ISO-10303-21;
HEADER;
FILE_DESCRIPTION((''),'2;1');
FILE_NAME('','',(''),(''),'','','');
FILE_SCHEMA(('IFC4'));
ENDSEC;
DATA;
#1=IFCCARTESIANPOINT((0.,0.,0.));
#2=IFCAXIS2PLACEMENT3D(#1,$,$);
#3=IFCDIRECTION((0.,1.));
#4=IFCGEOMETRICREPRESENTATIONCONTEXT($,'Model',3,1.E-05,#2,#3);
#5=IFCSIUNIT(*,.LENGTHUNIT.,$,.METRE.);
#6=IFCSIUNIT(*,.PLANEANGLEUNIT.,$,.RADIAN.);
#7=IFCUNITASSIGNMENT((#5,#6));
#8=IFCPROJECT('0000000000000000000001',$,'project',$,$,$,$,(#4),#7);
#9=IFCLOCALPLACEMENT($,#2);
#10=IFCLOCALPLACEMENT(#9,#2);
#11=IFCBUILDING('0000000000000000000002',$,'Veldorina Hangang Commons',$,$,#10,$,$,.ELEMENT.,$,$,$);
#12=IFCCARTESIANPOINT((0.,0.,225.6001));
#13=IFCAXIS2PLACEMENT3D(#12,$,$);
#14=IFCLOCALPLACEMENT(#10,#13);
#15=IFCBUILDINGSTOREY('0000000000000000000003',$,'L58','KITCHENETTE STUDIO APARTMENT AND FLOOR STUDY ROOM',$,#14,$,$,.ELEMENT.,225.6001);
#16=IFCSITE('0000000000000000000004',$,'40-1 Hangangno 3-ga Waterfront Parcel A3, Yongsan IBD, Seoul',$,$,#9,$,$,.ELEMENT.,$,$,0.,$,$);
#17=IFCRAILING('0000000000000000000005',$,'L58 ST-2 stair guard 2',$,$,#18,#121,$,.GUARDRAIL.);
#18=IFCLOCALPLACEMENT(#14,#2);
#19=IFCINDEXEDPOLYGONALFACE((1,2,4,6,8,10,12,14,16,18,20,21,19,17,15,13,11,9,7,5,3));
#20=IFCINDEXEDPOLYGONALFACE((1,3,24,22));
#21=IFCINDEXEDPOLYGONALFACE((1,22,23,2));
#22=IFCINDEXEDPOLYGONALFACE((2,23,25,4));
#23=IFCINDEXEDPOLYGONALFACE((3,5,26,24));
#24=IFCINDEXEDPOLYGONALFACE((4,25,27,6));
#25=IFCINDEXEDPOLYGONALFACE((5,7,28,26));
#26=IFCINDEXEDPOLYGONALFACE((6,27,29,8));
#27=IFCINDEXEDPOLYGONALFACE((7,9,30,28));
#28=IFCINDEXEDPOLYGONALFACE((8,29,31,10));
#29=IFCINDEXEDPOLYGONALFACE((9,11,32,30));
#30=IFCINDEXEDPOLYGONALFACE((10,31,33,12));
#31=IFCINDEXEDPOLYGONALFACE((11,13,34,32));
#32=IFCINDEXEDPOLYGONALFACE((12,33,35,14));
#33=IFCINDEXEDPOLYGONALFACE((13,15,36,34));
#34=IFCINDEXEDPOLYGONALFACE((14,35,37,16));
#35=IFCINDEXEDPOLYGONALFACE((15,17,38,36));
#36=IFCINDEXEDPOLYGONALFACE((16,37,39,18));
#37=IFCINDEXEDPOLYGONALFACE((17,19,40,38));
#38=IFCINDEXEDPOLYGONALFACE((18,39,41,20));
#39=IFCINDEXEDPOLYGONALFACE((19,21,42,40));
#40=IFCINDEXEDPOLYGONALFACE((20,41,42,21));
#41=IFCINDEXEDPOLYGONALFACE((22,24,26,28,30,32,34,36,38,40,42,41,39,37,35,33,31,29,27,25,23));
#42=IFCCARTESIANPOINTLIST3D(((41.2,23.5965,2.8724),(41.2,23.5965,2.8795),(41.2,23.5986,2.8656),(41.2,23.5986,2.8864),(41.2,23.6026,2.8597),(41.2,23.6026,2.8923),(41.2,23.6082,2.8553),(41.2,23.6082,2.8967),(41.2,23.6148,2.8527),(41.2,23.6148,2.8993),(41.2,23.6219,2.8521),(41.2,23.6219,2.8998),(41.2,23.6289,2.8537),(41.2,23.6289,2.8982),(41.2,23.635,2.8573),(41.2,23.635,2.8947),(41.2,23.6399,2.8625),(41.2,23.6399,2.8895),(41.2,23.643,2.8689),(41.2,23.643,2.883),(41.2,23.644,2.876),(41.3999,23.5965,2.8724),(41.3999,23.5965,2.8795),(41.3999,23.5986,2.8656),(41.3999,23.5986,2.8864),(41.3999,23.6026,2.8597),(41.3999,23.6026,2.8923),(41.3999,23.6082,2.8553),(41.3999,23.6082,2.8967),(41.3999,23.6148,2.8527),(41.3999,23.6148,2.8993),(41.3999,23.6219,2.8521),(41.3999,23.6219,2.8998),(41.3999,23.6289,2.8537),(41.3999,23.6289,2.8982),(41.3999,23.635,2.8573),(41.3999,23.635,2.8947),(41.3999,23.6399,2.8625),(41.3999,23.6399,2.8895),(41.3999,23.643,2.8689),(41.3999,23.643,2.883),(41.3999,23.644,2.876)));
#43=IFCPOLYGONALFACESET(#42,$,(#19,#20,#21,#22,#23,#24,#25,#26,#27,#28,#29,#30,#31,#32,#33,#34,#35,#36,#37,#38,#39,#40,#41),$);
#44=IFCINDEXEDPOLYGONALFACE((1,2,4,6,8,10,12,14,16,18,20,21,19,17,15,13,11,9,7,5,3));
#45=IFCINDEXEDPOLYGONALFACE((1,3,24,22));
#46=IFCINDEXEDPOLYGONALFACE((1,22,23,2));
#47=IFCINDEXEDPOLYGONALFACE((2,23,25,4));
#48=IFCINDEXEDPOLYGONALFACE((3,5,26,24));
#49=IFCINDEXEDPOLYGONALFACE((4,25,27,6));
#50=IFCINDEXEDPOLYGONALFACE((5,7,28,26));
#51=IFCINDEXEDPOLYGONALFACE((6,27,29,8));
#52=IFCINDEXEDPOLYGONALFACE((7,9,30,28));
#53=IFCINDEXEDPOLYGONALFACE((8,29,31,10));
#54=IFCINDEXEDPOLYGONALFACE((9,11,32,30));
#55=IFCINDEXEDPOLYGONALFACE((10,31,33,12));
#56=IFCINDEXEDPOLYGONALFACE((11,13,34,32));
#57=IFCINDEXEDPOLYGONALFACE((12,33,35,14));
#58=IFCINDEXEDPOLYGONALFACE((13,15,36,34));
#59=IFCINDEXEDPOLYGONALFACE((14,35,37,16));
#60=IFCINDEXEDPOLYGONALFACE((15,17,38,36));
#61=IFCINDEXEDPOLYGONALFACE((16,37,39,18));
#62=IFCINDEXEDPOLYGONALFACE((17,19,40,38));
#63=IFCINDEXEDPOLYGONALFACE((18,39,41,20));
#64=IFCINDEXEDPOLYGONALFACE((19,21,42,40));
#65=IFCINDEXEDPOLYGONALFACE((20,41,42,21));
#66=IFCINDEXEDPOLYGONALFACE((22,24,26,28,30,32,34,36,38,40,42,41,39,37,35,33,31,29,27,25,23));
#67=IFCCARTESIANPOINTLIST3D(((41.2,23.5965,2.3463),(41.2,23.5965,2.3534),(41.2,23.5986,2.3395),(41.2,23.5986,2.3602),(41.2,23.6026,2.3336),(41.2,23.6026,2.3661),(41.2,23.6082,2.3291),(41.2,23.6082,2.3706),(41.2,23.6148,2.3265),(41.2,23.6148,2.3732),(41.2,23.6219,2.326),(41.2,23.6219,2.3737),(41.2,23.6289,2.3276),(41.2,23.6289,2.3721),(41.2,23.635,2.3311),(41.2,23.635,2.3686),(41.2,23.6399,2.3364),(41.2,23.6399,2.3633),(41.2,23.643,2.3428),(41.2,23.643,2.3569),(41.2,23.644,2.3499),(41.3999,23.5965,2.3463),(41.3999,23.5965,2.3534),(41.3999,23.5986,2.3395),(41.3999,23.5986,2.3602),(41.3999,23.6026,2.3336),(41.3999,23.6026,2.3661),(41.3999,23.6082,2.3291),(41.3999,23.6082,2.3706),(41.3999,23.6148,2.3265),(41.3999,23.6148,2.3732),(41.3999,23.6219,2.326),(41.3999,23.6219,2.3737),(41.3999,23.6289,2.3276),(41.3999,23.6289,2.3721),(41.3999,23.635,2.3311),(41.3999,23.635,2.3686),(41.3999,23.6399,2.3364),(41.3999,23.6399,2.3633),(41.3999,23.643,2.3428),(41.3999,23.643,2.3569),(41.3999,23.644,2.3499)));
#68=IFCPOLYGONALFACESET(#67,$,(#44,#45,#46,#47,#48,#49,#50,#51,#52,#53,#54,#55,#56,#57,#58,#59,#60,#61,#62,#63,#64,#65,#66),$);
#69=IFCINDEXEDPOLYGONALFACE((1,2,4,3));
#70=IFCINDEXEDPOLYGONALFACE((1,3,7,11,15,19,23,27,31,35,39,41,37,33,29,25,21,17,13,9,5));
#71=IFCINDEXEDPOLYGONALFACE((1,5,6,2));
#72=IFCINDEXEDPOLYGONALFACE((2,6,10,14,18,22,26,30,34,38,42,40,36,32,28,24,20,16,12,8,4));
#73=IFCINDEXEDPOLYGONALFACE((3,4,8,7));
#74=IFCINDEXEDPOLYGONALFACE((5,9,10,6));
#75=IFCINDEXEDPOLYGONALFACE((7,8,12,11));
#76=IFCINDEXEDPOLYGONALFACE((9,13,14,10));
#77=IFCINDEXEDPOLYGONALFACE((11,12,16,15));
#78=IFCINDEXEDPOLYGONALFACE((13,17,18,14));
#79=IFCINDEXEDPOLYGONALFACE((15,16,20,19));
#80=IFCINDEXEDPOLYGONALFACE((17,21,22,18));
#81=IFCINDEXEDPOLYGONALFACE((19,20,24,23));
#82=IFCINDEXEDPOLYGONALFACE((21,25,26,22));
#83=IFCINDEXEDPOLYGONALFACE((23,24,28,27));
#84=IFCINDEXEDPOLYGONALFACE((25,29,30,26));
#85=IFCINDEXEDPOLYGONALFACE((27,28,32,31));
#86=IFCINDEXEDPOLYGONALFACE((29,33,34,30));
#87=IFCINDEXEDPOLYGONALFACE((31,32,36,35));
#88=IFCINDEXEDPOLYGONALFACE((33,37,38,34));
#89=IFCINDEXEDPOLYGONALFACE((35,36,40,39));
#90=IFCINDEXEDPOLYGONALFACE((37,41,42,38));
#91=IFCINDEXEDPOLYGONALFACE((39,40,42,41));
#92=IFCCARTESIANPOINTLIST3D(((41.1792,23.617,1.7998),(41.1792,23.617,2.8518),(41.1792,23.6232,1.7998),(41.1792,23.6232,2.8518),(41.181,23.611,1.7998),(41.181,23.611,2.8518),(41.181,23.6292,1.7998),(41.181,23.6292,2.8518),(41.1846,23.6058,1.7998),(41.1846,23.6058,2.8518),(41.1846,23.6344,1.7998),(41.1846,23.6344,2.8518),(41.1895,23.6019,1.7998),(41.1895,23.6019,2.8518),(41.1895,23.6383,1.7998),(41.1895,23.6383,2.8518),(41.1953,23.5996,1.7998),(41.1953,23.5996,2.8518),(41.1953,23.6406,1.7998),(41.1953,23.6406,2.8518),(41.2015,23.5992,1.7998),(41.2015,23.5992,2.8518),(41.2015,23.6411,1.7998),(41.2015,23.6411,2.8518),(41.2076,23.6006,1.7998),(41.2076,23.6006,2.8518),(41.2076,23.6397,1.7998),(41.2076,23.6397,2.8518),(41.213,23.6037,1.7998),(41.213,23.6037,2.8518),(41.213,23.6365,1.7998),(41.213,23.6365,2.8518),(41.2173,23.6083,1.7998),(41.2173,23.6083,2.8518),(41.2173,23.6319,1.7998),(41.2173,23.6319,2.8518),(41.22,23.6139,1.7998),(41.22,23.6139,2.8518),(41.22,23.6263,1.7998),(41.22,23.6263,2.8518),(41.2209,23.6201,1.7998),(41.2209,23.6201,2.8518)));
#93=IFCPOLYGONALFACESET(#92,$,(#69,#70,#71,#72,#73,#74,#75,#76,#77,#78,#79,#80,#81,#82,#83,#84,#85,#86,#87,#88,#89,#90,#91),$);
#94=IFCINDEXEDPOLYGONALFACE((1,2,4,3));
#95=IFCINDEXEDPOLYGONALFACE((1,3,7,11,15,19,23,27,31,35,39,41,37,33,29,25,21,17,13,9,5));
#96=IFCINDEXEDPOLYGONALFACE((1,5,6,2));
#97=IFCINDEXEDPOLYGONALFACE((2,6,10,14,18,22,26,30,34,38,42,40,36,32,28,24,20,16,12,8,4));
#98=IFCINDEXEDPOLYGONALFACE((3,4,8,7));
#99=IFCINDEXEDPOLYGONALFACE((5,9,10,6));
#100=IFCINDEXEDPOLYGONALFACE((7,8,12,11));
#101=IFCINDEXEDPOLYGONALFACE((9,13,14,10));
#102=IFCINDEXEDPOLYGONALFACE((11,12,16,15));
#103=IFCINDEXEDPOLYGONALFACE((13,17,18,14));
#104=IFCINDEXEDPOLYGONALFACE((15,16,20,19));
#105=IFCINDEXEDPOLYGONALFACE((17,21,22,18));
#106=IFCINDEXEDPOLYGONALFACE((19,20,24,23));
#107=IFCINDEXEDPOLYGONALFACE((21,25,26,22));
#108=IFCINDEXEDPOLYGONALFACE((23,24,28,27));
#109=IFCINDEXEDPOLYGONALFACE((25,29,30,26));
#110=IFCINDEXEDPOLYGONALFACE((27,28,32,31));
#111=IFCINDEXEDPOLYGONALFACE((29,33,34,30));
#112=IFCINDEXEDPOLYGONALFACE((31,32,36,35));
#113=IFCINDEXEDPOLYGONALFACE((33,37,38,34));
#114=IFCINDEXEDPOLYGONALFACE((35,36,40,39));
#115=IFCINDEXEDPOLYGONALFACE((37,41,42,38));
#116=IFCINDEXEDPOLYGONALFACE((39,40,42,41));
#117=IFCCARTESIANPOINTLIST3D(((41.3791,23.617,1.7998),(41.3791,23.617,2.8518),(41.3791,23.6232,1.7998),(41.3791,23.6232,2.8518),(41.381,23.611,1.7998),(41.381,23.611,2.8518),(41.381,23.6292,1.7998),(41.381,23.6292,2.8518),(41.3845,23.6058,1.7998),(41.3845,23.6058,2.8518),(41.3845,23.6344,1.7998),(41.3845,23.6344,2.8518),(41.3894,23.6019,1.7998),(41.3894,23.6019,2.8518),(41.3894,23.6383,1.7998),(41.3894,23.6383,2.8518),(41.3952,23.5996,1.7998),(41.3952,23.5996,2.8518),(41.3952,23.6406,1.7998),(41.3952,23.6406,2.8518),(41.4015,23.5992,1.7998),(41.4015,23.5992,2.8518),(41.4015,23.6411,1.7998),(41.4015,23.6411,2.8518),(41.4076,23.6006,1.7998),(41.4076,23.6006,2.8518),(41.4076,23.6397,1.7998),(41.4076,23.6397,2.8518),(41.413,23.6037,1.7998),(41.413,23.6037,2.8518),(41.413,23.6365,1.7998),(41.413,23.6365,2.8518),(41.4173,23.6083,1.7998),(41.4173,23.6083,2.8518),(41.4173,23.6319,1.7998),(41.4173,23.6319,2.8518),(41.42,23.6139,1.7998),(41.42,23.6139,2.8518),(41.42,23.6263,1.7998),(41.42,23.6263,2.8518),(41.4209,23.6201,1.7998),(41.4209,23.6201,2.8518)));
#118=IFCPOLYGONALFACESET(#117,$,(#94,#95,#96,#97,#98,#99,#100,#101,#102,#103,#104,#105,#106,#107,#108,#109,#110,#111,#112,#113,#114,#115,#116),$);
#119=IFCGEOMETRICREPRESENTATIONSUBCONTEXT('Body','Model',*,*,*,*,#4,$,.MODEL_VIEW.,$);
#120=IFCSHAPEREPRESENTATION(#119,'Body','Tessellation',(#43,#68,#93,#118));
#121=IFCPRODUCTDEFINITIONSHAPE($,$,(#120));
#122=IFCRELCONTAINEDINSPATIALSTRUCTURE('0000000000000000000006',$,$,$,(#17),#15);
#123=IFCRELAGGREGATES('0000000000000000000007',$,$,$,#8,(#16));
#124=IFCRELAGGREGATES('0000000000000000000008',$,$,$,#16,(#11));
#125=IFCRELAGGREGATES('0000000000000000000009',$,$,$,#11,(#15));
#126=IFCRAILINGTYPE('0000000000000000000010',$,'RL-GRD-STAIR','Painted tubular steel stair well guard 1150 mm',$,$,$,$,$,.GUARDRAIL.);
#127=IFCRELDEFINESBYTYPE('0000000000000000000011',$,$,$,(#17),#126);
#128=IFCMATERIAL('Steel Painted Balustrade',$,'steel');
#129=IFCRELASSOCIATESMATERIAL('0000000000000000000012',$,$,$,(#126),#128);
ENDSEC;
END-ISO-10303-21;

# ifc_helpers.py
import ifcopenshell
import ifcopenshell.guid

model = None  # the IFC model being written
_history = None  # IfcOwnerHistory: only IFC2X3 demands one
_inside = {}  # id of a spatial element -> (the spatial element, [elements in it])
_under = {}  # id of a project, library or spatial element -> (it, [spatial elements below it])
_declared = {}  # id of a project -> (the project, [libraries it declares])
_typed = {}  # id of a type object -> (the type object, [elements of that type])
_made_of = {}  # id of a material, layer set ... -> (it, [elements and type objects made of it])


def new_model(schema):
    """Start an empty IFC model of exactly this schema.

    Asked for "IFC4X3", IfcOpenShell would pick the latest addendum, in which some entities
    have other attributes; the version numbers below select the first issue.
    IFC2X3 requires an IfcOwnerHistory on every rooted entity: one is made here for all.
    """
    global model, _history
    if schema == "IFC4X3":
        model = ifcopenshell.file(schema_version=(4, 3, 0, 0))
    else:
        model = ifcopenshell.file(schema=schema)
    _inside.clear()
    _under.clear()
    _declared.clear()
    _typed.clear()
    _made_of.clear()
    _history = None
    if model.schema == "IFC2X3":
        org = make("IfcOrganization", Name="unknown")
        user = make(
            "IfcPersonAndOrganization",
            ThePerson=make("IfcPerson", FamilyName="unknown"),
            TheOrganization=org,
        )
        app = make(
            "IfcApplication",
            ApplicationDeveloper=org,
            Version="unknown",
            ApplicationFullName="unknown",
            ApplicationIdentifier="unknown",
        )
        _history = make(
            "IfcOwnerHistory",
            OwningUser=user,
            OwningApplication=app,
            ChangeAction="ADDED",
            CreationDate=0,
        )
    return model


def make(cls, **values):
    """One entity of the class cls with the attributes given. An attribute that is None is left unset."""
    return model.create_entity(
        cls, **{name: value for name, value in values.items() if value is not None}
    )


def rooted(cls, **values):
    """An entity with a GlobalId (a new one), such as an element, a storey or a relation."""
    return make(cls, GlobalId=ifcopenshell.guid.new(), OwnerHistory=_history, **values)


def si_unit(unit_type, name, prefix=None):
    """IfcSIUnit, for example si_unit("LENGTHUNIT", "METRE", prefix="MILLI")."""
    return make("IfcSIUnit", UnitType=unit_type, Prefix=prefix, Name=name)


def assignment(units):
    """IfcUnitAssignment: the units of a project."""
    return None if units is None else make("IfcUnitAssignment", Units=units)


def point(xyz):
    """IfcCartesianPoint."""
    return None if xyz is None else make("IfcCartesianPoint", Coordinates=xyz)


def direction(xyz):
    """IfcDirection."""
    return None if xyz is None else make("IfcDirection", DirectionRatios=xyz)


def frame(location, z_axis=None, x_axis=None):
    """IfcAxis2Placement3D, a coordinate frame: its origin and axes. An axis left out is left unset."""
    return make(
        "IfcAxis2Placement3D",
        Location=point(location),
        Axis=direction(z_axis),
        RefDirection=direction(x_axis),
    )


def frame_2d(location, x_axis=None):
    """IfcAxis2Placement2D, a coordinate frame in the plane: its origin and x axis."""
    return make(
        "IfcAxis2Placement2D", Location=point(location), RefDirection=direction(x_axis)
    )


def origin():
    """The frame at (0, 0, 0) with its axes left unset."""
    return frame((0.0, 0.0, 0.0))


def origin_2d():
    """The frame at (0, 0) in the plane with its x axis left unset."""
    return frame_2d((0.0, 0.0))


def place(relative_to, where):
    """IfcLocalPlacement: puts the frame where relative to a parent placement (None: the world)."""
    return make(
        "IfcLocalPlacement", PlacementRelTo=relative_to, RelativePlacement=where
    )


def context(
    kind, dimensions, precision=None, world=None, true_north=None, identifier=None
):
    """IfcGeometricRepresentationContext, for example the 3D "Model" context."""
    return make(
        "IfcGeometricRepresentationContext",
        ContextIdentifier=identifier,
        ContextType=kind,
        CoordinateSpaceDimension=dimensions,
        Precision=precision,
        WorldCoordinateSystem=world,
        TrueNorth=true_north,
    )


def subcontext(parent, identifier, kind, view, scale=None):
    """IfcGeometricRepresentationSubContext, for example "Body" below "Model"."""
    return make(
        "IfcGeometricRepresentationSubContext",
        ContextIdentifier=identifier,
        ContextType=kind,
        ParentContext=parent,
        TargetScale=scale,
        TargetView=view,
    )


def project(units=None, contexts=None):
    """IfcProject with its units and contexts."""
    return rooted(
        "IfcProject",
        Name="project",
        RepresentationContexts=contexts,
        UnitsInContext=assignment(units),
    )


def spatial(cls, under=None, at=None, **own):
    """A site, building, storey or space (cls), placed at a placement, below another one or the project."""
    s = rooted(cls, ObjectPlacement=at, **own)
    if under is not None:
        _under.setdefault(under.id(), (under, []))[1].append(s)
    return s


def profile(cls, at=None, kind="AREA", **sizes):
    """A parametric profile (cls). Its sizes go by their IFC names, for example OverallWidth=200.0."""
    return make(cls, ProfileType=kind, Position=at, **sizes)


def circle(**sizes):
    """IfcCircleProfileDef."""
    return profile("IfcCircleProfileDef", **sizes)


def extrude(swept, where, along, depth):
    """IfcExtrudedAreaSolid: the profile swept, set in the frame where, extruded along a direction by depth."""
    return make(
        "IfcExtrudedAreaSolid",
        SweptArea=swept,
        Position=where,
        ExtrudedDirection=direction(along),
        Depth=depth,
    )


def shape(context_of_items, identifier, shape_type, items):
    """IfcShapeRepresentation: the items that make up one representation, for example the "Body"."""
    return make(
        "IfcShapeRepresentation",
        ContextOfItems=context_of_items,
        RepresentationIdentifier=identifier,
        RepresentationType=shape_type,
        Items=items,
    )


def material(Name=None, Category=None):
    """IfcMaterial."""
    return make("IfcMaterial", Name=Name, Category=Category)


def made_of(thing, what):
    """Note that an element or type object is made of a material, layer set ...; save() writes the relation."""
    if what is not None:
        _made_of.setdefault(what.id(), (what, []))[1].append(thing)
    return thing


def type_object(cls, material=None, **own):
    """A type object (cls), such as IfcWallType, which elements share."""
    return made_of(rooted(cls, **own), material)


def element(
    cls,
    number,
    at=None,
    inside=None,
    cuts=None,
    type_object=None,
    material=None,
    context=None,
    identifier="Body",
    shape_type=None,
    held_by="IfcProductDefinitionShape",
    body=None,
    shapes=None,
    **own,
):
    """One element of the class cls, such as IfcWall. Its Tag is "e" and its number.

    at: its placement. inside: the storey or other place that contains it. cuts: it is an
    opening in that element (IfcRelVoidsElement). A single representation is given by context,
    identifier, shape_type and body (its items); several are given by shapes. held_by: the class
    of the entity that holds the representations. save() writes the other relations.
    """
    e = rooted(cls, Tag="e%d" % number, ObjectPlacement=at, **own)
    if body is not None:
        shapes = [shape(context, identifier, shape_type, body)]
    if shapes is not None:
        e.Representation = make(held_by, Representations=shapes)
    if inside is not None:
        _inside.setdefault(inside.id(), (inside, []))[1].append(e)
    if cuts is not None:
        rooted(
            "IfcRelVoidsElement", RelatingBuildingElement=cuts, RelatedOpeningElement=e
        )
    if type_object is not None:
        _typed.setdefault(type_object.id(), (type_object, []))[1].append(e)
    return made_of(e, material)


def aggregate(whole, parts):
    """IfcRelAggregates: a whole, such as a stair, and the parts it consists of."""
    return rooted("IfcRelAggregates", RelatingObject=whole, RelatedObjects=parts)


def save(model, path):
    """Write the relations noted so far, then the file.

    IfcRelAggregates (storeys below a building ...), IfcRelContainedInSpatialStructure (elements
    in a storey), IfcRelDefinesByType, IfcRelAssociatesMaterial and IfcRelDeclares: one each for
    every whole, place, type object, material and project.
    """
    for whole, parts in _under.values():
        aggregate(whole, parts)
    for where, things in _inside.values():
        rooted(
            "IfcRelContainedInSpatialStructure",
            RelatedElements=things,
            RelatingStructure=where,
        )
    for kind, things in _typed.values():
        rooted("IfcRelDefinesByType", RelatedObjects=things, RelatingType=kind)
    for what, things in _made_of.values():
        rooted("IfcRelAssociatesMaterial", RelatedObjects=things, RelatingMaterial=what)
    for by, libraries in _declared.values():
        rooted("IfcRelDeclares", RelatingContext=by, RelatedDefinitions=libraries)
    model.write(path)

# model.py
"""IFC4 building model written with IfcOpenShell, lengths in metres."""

from ifc_helpers import new_model, si_unit, direction, frame, origin, origin_2d, place, context, subcontext, project, spatial, circle, extrude, material, type_object, element, save


model = new_model("IFC4")

# Units and contexts
model_context = context("Model", 3, precision=1e-05, world=origin(), true_north=direction((0.0, 1.0)))
body_context = subcontext(model_context, "Body", "Model", "MODEL_VIEW")
ifc_project = project(units=[si_unit("LENGTHUNIT", "METRE"), si_unit("PLANEANGLEUNIT", "RADIAN")], contexts=[model_context])

# Site, building, storey
site_placement = place(None, origin())
site = spatial("IfcSite", under=ifc_project, at=site_placement, Name="40-1 Hangangno 3-ga Waterfront Parcel A3, Yongsan IBD, Seoul", CompositionType="ELEMENT", RefElevation=0.0)
building_placement = place(site_placement, origin())
building = spatial("IfcBuilding", under=site, at=building_placement, Name="Veldorina Hangang Commons", CompositionType="ELEMENT")
storey_placement = place(building_placement, frame((0.0, 0.0, 225.6001)))
storey = spatial("IfcBuildingStorey", under=building, at=storey_placement, Name="L58", Description="KITCHENETTE STUDIO APARTMENT AND FLOOR STUDY ROOM", CompositionType="ELEMENT", Elevation=225.6001)

# Railing
ifc_material_1 = material(Name="Steel Painted Balustrade", Category="steel")
railing_type_1 = type_object("IfcRailingType", Name="RL-GRD-STAIR", Description="Painted tubular steel stair well guard 1150 mm", PredefinedType="GUARDRAIL", material=ifc_material_1)
railing_1_placement = place(storey_placement, frame((41.2, 23.6201, 1.7998)))
element("IfcRailing", 1, at=railing_1_placement, inside=storey, type_object=railing_type_1, Name="L58 ST-2 stair guard 2", PredefinedType="GUARDRAIL", context=body_context, shape_type="SweptSolid", body=[
    extrude(circle(Radius=0.0239, at=origin_2d()), frame((0.0, 0.0, 1.0762), z_axis=(1.0, 0.0, 0.0), x_axis=(0.0, 1.0, 0.0)), (0.0, 0.0, 1.0), 0.2),
    extrude(circle(Radius=0.0239, at=origin_2d()), frame((0.0, 0.0, 0.55), z_axis=(1.0, 0.0, 0.0), x_axis=(0.0, 1.0, 0.0)), (0.0, 0.0, 1.0), 0.2),
    extrude(circle(Radius=0.021, at=origin_2d()), origin(), (0.0, 0.0, 1.0), 1.052),
    extrude(circle(Radius=0.021, at=origin_2d()), frame((0.2, 0.0, 0.0)), (0.0, 0.0, 1.0), 1.052),
])

save(model, "model.ifc")
